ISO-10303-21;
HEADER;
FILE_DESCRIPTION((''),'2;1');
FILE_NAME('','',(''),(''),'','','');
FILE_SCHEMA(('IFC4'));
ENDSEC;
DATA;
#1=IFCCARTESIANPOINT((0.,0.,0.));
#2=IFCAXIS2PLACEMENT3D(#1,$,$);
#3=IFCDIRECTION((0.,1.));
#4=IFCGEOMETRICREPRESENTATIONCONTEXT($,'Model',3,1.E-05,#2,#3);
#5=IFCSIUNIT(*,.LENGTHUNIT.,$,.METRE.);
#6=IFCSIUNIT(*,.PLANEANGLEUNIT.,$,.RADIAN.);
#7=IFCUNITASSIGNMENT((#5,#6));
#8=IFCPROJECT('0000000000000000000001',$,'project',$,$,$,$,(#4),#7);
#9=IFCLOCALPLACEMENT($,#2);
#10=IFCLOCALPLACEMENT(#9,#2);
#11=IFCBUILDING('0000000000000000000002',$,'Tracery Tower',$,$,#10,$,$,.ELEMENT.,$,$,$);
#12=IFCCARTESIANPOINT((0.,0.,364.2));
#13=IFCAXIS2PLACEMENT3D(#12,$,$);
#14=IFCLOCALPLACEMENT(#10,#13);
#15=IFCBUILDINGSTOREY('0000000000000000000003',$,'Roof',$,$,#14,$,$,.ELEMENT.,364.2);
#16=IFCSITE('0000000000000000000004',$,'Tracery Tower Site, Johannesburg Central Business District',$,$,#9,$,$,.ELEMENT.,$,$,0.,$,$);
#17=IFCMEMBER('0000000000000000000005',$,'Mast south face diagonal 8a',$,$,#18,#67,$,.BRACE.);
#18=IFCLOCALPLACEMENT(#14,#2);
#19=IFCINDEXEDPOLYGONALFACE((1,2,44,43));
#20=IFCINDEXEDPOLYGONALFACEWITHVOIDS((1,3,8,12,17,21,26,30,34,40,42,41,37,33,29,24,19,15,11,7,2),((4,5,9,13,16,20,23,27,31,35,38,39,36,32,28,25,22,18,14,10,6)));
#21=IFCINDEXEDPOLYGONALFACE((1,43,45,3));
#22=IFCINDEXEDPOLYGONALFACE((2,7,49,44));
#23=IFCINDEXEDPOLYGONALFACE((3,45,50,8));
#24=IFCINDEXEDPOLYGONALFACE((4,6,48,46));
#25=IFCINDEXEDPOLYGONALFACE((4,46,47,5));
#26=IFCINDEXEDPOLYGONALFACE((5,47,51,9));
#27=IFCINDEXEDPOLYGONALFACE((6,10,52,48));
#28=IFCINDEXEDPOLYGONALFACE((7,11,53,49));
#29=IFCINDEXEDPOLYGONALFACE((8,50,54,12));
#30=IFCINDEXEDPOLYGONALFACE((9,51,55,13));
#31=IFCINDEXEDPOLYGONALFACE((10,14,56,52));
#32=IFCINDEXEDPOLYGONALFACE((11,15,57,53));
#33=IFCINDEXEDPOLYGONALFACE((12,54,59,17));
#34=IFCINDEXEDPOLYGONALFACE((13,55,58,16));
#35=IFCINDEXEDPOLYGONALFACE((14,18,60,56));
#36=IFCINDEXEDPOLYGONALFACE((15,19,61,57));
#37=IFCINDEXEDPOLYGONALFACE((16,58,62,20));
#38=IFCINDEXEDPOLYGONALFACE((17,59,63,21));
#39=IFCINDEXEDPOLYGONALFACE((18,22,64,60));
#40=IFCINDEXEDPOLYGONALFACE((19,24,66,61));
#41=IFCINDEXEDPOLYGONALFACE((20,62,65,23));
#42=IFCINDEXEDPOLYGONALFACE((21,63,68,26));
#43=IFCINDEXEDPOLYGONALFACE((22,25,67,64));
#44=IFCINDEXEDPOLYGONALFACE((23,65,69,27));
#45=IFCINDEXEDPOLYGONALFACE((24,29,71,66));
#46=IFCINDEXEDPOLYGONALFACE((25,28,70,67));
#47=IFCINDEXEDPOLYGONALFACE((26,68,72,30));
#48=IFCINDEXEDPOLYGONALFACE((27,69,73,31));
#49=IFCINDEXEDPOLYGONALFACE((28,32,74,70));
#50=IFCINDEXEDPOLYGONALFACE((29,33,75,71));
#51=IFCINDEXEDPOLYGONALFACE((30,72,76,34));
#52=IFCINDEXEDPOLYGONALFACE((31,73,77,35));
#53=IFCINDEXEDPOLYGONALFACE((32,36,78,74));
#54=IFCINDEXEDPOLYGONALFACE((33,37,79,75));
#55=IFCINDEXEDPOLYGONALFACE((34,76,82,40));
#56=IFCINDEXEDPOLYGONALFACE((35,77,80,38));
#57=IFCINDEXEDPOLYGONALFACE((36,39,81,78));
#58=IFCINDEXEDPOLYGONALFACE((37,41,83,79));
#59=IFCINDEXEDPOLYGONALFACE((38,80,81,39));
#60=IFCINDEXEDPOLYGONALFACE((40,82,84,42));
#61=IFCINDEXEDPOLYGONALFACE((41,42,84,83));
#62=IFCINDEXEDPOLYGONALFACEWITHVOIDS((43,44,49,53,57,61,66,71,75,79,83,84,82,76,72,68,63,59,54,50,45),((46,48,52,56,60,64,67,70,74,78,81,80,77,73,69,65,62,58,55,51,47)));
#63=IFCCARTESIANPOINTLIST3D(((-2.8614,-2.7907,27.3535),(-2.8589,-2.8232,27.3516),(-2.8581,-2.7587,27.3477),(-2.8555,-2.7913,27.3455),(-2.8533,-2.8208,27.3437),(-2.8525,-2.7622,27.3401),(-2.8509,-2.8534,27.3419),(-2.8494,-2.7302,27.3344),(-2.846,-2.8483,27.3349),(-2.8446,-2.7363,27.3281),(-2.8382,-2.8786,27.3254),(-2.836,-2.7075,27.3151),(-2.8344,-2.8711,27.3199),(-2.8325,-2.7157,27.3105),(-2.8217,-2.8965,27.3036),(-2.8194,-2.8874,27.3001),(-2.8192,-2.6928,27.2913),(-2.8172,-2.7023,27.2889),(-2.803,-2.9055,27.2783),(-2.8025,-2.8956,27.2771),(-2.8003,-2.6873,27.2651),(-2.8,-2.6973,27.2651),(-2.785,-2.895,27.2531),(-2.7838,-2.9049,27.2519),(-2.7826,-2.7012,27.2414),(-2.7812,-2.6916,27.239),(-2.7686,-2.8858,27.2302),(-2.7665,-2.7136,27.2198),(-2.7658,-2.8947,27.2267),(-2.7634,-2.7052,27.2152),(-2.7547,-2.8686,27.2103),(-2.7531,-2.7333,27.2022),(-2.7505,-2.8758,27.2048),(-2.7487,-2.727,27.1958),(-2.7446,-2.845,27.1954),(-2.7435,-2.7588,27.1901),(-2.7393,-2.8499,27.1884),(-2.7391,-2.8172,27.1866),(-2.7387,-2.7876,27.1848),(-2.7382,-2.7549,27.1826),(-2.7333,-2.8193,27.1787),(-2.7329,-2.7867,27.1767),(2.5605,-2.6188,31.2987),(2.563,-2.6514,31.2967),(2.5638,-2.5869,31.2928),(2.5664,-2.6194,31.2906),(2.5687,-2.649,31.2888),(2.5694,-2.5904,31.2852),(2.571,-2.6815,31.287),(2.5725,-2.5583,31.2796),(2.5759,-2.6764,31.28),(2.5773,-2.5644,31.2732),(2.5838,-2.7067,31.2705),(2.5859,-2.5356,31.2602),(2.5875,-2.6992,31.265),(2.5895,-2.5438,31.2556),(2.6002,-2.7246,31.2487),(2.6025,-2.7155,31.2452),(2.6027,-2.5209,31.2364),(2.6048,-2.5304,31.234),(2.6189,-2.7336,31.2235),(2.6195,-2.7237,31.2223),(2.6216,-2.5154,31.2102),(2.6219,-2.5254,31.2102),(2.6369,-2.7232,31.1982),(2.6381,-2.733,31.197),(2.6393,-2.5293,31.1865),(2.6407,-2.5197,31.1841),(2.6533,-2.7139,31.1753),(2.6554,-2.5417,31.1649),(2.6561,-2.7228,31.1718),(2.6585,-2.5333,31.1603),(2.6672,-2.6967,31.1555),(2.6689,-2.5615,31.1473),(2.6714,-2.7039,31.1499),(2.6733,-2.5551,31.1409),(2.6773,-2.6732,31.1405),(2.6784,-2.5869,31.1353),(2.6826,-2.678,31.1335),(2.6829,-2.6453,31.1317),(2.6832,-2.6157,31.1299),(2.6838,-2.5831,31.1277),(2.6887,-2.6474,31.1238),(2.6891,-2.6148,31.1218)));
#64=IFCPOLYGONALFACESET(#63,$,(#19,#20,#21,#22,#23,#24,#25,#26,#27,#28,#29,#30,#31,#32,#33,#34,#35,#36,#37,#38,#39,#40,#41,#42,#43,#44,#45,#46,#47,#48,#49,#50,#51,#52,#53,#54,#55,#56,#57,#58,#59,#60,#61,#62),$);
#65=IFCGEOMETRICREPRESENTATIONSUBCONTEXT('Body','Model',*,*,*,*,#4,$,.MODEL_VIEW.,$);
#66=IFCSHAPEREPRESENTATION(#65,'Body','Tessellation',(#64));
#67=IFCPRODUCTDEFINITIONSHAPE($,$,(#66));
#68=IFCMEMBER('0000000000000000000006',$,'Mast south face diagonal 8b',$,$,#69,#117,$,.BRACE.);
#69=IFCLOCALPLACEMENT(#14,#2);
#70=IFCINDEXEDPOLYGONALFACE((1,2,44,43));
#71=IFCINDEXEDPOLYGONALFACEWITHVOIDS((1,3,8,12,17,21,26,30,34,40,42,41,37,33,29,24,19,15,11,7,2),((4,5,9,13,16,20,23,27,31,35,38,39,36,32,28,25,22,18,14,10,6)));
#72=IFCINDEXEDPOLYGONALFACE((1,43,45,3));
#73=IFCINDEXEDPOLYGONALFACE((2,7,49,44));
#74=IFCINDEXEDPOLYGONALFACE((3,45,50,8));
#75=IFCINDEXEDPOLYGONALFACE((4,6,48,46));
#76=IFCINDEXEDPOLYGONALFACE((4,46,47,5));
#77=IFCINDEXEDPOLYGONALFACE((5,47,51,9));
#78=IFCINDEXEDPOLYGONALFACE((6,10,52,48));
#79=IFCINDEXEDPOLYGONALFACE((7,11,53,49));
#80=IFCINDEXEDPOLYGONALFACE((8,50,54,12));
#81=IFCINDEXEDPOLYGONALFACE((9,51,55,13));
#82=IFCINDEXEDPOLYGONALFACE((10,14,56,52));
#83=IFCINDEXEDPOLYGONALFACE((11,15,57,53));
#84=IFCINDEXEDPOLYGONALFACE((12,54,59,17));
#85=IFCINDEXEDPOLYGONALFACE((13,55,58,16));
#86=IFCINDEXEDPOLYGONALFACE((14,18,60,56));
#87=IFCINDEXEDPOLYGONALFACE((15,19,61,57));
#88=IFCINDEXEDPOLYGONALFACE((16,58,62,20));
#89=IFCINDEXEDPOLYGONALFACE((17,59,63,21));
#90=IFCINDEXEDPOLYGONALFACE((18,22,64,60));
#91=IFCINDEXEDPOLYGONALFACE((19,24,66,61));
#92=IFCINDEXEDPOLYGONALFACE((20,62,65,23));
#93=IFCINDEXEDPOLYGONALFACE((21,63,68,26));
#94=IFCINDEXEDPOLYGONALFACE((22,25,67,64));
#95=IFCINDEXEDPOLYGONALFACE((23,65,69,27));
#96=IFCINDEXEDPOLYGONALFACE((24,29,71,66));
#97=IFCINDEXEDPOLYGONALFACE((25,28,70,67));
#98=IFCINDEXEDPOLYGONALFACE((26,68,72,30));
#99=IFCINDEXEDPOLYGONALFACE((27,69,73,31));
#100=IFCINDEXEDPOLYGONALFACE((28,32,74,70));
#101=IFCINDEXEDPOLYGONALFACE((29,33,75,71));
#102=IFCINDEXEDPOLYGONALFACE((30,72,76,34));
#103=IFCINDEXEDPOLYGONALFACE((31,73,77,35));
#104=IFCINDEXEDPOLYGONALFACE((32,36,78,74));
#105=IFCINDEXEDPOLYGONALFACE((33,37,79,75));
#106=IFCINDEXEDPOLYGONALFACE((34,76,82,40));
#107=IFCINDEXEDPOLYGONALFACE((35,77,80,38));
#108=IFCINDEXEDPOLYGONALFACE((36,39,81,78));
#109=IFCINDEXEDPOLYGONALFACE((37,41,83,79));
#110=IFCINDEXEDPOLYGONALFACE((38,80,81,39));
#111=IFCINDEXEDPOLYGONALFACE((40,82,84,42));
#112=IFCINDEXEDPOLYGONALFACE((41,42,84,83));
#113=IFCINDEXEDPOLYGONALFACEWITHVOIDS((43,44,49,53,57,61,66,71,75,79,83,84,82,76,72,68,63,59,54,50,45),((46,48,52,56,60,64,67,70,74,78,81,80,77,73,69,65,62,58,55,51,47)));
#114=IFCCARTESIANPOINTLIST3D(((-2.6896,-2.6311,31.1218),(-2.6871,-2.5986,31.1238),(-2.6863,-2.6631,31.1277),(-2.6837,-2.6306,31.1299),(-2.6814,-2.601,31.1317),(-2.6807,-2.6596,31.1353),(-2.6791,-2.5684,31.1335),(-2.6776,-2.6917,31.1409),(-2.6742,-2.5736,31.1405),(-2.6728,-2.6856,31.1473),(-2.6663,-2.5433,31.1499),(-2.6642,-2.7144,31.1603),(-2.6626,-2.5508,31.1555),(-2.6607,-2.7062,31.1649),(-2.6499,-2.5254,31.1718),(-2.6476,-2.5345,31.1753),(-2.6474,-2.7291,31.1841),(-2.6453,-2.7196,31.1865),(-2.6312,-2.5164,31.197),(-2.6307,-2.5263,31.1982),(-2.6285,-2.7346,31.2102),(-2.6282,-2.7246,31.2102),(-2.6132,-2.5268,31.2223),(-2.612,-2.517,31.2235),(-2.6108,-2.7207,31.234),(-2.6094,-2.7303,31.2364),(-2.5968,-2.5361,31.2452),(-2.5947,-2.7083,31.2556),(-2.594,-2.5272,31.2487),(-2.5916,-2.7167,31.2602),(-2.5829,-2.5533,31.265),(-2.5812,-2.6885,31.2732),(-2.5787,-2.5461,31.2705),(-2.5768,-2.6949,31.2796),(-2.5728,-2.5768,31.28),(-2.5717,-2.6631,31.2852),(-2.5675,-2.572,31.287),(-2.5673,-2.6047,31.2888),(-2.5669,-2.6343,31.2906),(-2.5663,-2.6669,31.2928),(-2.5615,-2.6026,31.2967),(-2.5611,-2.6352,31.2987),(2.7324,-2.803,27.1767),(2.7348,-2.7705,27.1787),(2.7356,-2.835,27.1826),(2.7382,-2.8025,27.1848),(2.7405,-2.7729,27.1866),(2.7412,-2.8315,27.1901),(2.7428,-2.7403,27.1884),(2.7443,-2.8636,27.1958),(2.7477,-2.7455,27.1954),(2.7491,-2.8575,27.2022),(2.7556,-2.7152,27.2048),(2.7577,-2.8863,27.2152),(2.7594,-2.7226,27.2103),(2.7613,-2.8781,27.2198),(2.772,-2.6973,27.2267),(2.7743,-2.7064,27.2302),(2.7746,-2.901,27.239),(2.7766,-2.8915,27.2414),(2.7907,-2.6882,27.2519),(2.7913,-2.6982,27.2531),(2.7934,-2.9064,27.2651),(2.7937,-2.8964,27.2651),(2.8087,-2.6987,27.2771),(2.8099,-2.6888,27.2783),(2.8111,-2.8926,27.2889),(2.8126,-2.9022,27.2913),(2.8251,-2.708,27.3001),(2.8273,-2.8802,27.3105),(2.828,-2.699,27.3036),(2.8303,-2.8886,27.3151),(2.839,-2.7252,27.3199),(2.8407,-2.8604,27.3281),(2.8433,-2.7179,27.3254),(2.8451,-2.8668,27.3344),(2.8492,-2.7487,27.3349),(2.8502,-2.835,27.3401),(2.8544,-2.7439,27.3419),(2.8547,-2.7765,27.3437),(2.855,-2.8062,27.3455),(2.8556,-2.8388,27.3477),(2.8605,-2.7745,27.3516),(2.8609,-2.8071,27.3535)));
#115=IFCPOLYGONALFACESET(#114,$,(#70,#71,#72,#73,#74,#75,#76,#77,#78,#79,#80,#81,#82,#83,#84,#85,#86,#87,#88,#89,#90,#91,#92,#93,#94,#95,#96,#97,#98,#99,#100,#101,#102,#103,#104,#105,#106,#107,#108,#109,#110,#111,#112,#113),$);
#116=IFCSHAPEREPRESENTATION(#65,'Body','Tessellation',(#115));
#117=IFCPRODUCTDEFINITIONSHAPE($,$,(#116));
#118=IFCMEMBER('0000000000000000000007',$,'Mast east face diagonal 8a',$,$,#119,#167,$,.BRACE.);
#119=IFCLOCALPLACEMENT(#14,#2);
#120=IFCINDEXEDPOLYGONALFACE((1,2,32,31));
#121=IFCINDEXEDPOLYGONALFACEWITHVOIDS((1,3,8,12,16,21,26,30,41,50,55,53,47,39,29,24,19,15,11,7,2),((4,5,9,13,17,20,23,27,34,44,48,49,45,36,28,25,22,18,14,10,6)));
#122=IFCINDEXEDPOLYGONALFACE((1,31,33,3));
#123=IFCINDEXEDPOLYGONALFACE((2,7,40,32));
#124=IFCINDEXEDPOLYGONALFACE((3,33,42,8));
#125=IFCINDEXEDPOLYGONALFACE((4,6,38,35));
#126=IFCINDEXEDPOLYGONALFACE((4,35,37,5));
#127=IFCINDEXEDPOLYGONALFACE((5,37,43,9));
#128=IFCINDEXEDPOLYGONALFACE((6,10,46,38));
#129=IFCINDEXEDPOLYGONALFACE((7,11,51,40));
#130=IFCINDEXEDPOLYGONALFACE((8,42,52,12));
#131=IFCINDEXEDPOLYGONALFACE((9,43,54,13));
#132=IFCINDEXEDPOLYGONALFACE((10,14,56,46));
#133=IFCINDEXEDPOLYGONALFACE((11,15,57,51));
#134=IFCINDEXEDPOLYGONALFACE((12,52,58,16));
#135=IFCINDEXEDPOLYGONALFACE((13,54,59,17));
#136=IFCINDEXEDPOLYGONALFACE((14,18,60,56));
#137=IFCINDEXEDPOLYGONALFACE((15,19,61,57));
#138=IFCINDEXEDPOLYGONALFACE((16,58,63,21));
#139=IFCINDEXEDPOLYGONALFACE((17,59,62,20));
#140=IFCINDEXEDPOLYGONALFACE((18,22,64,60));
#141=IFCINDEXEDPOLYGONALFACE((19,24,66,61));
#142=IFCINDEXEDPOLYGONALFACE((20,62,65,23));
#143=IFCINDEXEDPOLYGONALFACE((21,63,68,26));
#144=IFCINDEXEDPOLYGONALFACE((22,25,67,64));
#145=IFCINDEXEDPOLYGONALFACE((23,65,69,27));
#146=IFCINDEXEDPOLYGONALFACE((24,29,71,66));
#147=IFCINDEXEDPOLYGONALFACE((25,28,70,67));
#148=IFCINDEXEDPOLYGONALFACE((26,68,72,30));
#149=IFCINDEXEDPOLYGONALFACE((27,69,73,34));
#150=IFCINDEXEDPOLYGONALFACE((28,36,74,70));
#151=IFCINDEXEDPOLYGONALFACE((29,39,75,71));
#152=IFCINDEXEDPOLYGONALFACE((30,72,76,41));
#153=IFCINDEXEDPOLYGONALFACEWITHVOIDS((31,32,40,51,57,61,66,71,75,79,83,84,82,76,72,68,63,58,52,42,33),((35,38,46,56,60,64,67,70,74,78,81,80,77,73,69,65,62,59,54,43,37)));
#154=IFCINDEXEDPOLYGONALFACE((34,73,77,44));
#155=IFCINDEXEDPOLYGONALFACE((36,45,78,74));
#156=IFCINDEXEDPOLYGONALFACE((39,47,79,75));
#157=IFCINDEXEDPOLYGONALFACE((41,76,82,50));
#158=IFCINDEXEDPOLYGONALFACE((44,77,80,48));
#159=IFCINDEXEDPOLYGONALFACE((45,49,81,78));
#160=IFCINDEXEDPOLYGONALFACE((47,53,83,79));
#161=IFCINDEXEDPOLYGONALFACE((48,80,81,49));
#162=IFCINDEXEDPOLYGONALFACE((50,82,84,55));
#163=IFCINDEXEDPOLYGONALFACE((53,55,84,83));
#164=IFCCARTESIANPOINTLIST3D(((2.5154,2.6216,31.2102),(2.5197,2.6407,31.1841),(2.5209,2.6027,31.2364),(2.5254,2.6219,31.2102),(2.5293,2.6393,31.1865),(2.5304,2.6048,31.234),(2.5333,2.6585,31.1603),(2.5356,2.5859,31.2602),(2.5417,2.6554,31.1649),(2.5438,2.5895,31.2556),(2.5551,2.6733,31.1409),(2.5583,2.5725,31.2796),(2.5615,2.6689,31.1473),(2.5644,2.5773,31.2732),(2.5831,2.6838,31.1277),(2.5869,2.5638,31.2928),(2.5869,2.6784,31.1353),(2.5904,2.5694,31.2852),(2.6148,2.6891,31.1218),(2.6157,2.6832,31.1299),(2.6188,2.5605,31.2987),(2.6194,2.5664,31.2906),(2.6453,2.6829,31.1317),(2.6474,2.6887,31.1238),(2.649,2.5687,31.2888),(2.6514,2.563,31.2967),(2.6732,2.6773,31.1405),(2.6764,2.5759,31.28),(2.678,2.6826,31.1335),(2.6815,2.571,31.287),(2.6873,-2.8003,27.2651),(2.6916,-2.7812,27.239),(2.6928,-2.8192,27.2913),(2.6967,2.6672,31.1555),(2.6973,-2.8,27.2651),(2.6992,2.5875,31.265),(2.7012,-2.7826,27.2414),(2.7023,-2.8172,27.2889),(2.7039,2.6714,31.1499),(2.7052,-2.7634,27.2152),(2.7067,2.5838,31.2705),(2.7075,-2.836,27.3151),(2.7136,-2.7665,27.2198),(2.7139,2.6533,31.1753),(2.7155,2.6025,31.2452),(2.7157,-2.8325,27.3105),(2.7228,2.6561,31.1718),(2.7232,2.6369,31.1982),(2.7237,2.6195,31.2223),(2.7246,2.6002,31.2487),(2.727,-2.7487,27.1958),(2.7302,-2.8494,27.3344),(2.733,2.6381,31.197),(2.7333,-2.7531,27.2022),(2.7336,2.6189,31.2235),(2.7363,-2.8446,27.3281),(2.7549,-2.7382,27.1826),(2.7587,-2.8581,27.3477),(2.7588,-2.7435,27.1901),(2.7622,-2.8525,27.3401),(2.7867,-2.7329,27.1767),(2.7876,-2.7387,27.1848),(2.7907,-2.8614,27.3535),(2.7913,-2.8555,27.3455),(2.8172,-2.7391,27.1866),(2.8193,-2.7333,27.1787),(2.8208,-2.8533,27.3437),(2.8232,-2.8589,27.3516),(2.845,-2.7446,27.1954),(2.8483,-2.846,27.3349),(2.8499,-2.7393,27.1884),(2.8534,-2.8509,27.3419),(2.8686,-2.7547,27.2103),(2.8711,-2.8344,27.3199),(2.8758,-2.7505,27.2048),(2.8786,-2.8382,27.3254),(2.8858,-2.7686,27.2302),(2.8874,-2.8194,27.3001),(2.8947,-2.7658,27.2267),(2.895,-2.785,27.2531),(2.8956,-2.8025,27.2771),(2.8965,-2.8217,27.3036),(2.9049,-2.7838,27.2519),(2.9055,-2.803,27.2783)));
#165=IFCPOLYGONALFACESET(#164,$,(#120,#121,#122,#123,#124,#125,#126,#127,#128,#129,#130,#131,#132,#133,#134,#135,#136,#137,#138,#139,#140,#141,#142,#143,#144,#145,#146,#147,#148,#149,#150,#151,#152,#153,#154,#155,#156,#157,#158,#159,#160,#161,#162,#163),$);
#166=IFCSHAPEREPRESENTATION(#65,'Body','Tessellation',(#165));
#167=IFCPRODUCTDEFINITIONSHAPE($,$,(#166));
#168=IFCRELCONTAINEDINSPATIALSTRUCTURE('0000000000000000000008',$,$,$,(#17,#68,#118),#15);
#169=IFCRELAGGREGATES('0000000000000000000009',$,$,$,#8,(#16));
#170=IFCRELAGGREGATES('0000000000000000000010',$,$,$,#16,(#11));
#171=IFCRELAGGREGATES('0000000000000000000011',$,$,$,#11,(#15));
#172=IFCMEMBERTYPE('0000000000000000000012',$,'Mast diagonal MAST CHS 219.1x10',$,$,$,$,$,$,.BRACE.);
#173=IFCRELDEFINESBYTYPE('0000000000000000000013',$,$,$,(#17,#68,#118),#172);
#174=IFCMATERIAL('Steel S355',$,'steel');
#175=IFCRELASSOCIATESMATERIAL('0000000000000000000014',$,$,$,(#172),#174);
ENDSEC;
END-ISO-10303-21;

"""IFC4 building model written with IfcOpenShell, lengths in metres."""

from ifc_helpers import new_model, si_unit, direction, frame, origin, origin_2d, place, context, subcontext, project, spatial, hollow_circle, extrude, material, material_profile, profile_set, type_object, element, save


model = new_model("IFC4")

# Units and contexts
model_context = context("Model", 3, precision=1e-05, world=origin(), true_north=direction((0.0, 1.0)))
body_context = subcontext(model_context, "Body", "Model", "MODEL_VIEW")
ifc_project = project(units=[si_unit("LENGTHUNIT", "METRE"), si_unit("PLANEANGLEUNIT", "RADIAN")], contexts=[model_context])

# Site, building, storey
site_placement = place(None, origin())
site = spatial("IfcSite", under=ifc_project, at=site_placement, Name="Tracery Tower Site, Johannesburg Central Business District", CompositionType="ELEMENT", RefElevation=0.0)
building_placement = place(site_placement, origin())
building = spatial("IfcBuilding", under=site, at=building_placement, Name="Tracery Tower", CompositionType="ELEMENT")
storey_placement = place(building_placement, frame((0.0, 0.0, 364.2)))
storey = spatial("IfcBuildingStorey", under=building, at=storey_placement, Name="Roof", CompositionType="ELEMENT", Elevation=364.2)

# Members
ifc_material_1 = material(Name="Steel S355", Category="steel")
ifc_material_profile_1 = material_profile(ifc_material_1, hollow_circle(Radius=0.1096, WallThickness=0.01, at=origin_2d()), Name="CHS 219.1x10")
ifc_profile_set_1 = profile_set([ifc_material_profile_1], Name="Steel S355")
member_type_1 = type_object("IfcMemberType", Name="Mast diagonal MAST CHS 219.1x10", PredefinedType="BRACE", material=ifc_profile_set_1)
for number, where, z_axis, x_axis, name in (
    (1, (-2.7969, -2.7969, 27.2651), (0.808337, 0.025625, 0.588163), (-0.031684, 0.999498, 0.0), "Mast south face diagonal 8a"),
    (2, (2.7969, -2.7969, 27.2651), (-0.808337, 0.025625, 0.588163), (-0.031684, -0.999498, 0.0), "Mast south face diagonal 8b"),
    (3, (2.7969, -2.7969, 27.2651), (-0.025625, 0.808337, 0.588163), (-0.999498, -0.031684, 0.0), "Mast east face diagonal 8a"),
):
    element("IfcMember", number, at=place(storey_placement, frame(where, z_axis=z_axis, x_axis=x_axis)), inside=storey, type_object=member_type_1, Name=name, PredefinedType="BRACE", context=body_context, shape_type="SweptSolid", body=[
        extrude(hollow_circle(Radius=0.1096, WallThickness=0.01, at=origin_2d()), origin(), (0.0, 0.0, 1.0), 6.7075),
    ])

save(model, "model.ifc")
